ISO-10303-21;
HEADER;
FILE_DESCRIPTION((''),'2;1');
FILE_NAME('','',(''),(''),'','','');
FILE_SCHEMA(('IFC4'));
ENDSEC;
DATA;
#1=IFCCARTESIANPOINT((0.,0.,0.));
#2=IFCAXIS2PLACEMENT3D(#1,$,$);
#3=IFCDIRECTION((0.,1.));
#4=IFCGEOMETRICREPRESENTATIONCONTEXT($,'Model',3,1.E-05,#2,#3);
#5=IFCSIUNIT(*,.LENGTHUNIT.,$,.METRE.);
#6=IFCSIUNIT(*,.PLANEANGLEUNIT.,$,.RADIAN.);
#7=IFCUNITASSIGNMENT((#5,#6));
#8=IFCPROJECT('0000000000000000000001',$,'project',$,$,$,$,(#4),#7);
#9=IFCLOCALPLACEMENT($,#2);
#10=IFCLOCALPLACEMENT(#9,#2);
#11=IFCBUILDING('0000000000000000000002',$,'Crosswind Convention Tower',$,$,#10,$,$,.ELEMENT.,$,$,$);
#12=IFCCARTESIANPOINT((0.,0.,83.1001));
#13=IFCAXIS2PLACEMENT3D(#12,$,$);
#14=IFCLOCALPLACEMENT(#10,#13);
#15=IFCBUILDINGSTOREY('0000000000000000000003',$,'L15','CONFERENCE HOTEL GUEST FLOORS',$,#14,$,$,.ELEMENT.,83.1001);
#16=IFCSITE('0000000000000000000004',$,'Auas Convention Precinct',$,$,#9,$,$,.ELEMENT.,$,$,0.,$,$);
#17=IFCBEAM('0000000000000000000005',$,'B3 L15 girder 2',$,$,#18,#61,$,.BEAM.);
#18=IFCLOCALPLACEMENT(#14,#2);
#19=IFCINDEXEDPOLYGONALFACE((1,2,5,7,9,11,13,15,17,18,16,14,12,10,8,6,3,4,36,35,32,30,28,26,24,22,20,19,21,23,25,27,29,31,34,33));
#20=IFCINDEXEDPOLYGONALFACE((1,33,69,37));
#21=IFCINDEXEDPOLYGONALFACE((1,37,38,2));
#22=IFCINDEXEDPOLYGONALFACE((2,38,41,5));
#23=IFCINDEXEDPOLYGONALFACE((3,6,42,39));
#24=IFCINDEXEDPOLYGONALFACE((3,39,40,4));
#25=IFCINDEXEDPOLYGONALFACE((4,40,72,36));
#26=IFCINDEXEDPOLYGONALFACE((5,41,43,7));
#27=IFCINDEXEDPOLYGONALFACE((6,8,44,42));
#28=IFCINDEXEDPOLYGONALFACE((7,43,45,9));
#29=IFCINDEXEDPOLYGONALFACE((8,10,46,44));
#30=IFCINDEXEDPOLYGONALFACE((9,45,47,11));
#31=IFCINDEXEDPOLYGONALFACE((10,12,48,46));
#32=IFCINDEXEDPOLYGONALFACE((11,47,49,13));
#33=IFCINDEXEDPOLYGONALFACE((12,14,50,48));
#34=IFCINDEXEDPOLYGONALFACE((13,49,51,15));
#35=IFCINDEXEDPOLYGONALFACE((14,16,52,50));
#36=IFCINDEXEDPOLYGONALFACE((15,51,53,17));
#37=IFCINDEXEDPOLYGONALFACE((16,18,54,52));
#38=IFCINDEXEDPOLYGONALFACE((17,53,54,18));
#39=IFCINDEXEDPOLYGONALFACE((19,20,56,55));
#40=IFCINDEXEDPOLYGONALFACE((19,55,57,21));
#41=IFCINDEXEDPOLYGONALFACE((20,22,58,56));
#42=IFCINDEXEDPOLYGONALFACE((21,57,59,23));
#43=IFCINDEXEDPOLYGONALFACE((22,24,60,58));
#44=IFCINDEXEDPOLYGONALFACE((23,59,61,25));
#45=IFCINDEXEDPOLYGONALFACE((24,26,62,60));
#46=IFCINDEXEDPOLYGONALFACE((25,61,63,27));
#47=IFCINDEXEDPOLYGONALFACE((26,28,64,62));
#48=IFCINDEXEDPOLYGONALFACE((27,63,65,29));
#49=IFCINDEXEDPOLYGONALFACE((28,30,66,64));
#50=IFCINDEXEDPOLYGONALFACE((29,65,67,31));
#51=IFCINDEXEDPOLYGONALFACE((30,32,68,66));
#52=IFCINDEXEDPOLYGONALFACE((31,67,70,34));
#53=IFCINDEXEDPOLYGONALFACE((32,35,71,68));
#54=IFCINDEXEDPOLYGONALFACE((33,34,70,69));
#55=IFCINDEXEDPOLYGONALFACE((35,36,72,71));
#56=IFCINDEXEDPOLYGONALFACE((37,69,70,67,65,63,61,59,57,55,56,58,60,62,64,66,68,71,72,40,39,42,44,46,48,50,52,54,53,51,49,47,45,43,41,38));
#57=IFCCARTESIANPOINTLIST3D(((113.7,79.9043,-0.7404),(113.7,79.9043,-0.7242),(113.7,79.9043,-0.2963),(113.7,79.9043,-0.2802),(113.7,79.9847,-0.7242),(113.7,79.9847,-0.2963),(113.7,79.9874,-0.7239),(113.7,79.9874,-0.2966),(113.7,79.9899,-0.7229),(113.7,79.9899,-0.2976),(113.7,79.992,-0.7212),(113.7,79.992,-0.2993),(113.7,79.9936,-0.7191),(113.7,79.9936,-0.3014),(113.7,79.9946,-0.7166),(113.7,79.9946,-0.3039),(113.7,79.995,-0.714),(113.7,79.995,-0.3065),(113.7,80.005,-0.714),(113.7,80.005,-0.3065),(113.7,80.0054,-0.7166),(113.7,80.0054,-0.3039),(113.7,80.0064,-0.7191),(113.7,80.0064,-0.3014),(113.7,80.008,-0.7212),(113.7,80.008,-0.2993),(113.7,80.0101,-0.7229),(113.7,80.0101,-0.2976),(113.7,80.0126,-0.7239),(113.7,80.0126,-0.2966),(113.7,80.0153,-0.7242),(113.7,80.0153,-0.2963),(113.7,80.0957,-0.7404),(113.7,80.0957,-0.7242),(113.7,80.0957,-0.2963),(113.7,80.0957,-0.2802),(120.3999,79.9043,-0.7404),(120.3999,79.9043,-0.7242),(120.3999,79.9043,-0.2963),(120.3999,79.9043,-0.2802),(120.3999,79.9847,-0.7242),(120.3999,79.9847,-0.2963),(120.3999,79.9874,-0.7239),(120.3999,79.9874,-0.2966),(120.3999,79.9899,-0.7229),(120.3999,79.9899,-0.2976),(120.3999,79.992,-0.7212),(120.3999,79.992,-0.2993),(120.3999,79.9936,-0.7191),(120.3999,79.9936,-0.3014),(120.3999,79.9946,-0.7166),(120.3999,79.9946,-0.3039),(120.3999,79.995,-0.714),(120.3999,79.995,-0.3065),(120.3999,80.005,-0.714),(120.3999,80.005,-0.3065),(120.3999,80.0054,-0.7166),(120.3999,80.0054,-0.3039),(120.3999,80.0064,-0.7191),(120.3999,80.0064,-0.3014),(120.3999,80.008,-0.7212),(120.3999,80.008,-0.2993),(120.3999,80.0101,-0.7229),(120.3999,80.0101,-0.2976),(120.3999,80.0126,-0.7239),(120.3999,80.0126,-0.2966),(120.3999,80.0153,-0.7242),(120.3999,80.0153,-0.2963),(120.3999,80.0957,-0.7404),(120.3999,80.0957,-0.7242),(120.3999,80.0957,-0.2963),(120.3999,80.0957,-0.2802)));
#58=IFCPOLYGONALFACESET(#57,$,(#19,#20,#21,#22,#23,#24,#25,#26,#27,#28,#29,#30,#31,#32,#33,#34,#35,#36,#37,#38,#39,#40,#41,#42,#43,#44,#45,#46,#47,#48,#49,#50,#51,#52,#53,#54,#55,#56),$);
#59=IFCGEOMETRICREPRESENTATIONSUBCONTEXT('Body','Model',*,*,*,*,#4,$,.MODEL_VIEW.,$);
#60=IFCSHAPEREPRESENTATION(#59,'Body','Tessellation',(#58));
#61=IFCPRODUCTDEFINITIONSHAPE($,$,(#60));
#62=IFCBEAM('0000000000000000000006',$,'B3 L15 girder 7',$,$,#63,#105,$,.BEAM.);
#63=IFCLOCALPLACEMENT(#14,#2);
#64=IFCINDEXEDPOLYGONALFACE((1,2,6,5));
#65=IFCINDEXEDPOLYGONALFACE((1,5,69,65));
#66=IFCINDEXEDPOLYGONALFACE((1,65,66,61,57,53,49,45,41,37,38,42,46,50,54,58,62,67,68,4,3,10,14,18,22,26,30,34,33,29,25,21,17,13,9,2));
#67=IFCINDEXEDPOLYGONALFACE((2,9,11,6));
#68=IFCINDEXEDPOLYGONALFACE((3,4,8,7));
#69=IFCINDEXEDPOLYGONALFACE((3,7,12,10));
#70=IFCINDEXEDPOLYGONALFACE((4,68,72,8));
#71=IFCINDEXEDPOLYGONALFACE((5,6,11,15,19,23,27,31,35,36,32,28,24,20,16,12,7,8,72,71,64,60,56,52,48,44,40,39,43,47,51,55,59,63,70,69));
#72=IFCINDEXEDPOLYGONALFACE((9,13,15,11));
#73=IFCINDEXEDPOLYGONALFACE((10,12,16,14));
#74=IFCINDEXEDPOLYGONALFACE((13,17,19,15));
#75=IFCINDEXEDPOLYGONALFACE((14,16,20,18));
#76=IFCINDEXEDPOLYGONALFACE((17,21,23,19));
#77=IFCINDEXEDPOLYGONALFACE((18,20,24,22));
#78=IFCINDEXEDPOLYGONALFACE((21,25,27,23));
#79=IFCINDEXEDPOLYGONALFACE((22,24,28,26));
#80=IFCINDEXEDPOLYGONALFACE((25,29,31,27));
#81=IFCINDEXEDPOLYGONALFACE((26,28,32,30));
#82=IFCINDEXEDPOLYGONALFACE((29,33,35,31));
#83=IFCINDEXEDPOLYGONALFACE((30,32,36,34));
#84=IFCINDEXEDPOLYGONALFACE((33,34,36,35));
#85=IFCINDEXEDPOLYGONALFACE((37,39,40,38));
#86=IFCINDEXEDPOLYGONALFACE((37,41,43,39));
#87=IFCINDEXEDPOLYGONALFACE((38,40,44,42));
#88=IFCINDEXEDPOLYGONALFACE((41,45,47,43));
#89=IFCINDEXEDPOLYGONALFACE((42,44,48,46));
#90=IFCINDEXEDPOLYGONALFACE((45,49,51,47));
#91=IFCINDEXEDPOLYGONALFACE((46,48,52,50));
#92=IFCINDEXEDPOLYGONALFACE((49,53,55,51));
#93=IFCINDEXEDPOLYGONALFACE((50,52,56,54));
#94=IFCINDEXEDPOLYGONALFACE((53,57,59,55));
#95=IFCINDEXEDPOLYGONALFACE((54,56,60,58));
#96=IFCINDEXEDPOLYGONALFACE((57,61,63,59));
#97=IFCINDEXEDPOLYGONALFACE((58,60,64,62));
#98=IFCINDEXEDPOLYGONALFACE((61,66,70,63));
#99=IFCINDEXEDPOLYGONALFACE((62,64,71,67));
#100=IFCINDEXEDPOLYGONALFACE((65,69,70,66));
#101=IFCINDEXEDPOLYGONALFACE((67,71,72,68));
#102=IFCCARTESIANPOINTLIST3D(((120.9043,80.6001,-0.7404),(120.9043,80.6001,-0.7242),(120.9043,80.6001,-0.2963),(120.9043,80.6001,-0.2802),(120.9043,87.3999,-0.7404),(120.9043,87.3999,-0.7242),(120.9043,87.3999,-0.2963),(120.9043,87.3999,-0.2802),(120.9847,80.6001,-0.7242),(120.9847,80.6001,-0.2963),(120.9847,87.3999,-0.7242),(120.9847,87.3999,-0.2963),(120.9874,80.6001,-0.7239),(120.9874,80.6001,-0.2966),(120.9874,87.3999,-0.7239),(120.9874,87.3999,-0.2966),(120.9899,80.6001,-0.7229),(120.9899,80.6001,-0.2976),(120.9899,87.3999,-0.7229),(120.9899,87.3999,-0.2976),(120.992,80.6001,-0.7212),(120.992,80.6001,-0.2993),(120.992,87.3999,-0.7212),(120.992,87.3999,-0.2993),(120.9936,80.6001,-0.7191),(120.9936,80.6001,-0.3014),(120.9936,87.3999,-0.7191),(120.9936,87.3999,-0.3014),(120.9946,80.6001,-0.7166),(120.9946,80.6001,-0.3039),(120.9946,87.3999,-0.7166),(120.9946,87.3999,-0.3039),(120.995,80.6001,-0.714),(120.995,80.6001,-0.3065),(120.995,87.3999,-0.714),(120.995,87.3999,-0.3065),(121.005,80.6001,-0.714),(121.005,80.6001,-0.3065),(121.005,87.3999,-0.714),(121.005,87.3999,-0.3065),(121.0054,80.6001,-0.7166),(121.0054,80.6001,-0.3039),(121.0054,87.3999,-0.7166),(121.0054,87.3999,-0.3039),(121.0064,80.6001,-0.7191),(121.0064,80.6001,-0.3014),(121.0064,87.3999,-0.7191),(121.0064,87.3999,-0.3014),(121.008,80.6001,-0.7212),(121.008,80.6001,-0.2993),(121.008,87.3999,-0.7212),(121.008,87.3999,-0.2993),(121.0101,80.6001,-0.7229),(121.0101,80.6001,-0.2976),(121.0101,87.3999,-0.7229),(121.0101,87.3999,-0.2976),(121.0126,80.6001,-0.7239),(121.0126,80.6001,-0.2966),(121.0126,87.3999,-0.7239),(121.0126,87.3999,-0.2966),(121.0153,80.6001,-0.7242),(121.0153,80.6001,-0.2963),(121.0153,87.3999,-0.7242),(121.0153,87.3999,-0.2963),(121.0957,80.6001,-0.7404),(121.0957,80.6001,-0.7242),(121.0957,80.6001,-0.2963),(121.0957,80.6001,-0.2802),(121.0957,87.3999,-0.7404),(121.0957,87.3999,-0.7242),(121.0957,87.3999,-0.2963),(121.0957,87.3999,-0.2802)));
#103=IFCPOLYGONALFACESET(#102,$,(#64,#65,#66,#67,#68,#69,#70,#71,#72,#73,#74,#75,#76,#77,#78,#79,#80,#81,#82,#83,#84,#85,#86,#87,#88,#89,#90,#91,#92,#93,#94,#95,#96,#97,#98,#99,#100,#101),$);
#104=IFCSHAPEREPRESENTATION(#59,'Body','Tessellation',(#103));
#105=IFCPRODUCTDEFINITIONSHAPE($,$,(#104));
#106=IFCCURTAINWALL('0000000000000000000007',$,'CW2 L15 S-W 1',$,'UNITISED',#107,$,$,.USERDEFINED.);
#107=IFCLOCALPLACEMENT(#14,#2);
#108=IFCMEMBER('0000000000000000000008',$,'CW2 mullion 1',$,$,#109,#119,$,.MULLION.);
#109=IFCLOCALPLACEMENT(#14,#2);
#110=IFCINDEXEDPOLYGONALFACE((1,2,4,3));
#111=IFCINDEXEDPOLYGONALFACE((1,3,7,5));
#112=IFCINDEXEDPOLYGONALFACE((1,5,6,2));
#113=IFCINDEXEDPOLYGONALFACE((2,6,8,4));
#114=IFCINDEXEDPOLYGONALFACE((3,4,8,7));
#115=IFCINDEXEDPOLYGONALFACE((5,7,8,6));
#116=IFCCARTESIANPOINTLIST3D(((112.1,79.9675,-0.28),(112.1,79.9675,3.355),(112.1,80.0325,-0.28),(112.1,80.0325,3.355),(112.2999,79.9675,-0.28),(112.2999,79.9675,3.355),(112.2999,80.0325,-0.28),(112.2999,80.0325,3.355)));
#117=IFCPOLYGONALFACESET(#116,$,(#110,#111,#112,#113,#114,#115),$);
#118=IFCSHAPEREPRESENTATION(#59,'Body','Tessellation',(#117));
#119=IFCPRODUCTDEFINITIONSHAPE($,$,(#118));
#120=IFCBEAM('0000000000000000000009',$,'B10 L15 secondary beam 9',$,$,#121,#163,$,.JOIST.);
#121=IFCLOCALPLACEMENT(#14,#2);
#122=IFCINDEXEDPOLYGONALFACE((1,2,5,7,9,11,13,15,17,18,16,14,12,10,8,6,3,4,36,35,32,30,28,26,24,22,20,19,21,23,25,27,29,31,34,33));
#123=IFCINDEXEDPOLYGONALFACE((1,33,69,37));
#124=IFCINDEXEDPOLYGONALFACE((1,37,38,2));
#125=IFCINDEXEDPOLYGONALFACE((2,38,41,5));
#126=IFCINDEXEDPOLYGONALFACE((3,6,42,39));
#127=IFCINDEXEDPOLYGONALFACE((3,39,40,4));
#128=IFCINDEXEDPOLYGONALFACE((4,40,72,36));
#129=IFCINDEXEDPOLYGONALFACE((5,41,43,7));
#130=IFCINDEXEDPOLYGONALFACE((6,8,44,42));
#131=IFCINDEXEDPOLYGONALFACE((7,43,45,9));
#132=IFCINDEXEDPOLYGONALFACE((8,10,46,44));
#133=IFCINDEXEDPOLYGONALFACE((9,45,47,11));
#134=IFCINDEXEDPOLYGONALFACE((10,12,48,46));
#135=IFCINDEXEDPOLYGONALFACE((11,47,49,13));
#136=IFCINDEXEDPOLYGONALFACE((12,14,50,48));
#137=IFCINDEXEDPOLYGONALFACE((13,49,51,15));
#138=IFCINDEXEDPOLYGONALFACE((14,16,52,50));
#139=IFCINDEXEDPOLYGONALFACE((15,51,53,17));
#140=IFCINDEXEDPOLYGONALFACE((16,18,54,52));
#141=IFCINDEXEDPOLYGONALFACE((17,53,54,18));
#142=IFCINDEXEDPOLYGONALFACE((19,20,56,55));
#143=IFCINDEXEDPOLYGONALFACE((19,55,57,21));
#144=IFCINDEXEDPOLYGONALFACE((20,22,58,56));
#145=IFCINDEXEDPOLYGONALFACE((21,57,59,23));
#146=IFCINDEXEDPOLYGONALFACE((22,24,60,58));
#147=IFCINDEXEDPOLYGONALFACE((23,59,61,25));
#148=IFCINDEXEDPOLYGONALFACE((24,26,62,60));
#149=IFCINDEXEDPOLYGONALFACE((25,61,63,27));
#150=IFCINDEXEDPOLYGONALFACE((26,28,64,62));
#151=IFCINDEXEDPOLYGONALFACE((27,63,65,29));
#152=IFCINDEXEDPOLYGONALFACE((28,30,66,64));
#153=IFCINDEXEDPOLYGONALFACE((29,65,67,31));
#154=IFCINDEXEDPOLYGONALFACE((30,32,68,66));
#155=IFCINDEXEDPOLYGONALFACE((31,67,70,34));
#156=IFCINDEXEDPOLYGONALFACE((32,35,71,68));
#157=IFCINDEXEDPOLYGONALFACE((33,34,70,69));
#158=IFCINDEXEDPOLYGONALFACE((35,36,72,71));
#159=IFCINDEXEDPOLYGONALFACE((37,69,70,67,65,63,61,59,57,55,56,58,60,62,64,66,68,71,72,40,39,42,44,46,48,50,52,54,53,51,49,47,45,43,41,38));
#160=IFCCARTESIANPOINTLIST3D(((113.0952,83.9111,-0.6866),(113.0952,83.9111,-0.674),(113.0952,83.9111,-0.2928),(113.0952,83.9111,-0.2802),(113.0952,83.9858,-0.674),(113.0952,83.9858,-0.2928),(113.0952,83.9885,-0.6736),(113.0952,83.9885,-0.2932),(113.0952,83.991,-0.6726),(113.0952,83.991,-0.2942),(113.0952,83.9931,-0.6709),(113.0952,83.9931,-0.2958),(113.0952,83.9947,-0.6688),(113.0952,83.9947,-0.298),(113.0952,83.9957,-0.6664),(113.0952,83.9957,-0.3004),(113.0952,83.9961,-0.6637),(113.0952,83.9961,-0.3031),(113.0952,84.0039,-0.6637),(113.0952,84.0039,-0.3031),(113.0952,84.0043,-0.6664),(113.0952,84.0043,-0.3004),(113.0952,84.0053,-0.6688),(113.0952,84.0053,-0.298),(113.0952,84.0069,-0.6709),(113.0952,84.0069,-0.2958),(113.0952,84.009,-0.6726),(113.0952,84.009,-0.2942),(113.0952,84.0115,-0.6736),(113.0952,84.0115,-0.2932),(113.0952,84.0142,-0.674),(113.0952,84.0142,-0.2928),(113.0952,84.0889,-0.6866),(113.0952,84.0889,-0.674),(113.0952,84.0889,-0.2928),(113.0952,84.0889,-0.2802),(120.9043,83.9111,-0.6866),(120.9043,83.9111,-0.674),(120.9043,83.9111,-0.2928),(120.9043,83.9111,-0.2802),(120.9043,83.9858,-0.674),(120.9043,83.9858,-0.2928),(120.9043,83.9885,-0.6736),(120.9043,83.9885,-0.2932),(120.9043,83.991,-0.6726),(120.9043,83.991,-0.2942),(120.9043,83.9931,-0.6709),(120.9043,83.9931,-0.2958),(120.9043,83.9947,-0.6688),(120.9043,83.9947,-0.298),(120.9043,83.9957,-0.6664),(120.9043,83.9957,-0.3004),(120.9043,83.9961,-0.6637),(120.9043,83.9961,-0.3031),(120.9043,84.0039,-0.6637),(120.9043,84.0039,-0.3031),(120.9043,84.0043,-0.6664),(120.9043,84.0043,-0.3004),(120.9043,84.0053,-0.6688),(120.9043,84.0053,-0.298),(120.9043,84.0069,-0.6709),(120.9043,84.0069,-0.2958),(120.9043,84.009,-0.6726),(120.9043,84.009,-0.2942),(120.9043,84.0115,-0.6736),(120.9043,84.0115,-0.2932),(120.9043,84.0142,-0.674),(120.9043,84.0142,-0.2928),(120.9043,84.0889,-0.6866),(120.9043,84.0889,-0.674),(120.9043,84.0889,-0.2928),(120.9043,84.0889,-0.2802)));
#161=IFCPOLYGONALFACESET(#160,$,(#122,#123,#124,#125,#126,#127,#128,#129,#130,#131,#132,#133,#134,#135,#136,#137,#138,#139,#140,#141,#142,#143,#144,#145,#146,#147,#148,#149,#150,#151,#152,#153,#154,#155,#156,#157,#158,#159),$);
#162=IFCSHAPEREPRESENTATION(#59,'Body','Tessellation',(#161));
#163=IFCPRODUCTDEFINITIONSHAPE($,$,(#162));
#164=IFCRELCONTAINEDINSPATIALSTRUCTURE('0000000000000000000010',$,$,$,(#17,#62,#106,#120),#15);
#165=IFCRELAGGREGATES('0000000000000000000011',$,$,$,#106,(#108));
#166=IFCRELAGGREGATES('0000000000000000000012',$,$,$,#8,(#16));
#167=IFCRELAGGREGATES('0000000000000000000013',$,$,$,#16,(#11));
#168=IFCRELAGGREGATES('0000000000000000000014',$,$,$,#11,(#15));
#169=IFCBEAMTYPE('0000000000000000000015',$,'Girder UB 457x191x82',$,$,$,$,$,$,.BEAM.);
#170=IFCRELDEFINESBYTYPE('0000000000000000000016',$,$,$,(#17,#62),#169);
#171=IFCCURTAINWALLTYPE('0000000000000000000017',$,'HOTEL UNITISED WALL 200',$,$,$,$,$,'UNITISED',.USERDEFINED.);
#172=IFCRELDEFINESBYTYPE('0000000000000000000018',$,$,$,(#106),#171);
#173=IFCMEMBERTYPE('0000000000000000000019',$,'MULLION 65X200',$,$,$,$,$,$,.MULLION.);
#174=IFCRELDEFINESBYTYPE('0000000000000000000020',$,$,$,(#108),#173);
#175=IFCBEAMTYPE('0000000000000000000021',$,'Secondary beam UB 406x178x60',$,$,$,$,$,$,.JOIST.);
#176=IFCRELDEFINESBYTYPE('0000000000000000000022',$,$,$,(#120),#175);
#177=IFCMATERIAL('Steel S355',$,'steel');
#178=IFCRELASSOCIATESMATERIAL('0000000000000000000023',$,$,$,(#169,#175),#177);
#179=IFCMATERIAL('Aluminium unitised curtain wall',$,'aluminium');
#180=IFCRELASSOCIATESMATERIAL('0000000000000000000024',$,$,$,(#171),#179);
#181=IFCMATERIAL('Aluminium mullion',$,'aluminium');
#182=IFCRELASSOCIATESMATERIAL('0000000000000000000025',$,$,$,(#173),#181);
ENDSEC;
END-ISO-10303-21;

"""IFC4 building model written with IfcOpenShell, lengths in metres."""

from ifc_helpers import new_model, si_unit, direction, frame, origin, origin_2d, place, context, subcontext, project, spatial, rectangle, i_section, extrude, material, material_profile, profile_set, type_object, element, aggregate, save


model = new_model("IFC4")

# Units and contexts
model_context = context("Model", 3, precision=1e-05, world=origin(), true_north=direction((0.0, 1.0)))
body_context = subcontext(model_context, "Body", "Model", "MODEL_VIEW")
ifc_project = project(units=[si_unit("LENGTHUNIT", "METRE"), si_unit("PLANEANGLEUNIT", "RADIAN")], contexts=[model_context])

# Site, building, storey
site_placement = place(None, origin())
site = spatial("IfcSite", under=ifc_project, at=site_placement, Name="Auas Convention Precinct", CompositionType="ELEMENT", RefElevation=0.0)
building_placement = place(site_placement, origin())
building = spatial("IfcBuilding", under=site, at=building_placement, Name="Crosswind Convention Tower", CompositionType="ELEMENT")
storey_placement = place(building_placement, frame((0.0, 0.0, 83.1001)))
storey = spatial("IfcBuildingStorey", under=building, at=storey_placement, Name="L15", Description="CONFERENCE HOTEL GUEST FLOORS", CompositionType="ELEMENT", Elevation=83.1001)

# Beams
ifc_material_1 = material(Name="Steel S355", Category="steel")
ifc_material_profile_1 = material_profile(ifc_material_1, i_section(OverallWidth=0.1914, OverallDepth=0.4602, WebThickness=0.01, FlangeThickness=0.0161, FilletRadius=0.0103, at=origin_2d()), Name="UB 457x191x82")
ifc_profile_set_1 = profile_set([ifc_material_profile_1], Name="Steel S355")
beam_type_1 = type_object("IfcBeamType", Name="Girder UB 457x191x82", PredefinedType="BEAM", material=ifc_profile_set_1)
beam_1_placement = place(storey_placement, frame((113.7, 80.0, -0.5103), z_axis=(1.0, 0.0, 0.0), x_axis=(0.0, 1.0, 0.0)))
element("IfcBeam", 1, at=beam_1_placement, inside=storey, type_object=beam_type_1, Name="B3 L15 girder 2", PredefinedType="BEAM", context=body_context, shape_type="SweptSolid", body=[
    extrude(i_section(OverallWidth=0.1914, OverallDepth=0.4602, WebThickness=0.01, FlangeThickness=0.0161, FilletRadius=0.0103, at=origin_2d()), origin(), (0.0, 0.0, 1.0), 6.7),
])
beam_2_placement = place(storey_placement, frame((121.0, 80.6001, -0.5103), z_axis=(0.0, 1.0, 0.0), x_axis=(-1.0, 0.0, 0.0)))
element("IfcBeam", 2, at=beam_2_placement, inside=storey, type_object=beam_type_1, Name="B3 L15 girder 7", PredefinedType="BEAM", context=body_context, shape_type="SweptSolid", body=[
    extrude(i_section(OverallWidth=0.1914, OverallDepth=0.4602, WebThickness=0.01, FlangeThickness=0.0161, FilletRadius=0.0103, at=origin_2d()), origin(), (0.0, 0.0, 1.0), 6.7998),
])

# Curtain wall, member
ifc_material_2 = material(Name="Aluminium unitised curtain wall", Category="aluminium")
curtain_wall_type = type_object("IfcCurtainWallType", Name="HOTEL UNITISED WALL 200", ElementType="UNITISED", PredefinedType="USERDEFINED", material=ifc_material_2)
curtain_wall_placement = place(storey_placement, origin())
curtain_wall = element("IfcCurtainWall", 3, at=curtain_wall_placement, inside=storey, type_object=curtain_wall_type, Name="CW2 L15 S-W 1", ObjectType="UNITISED", PredefinedType="USERDEFINED")
ifc_material_3 = material(Name="Aluminium mullion", Category="aluminium")
ifc_material_profile_2 = material_profile(ifc_material_3, rectangle(XDim=0.2, YDim=0.0649, at=origin_2d()), Name="AL 200X65")
ifc_profile_set_2 = profile_set([ifc_material_profile_2], Name="Aluminium mullion")
member_type_1 = type_object("IfcMemberType", Name="MULLION 65X200", PredefinedType="MULLION", material=ifc_profile_set_2)
member_1_placement = place(storey_placement, frame((112.2, 80.0, -0.28), z_axis=(0.0, 0.0, 1.0), x_axis=(-1.0, 0.0, 0.0)))
member_1 = element("IfcMember", 4, at=member_1_placement, type_object=member_type_1, Name="CW2 mullion 1", PredefinedType="MULLION", context=body_context, shape_type="SweptSolid", body=[
    extrude(rectangle(XDim=0.2, YDim=0.0649, at=origin_2d()), origin(), (0.0, 0.0, 1.0), 3.635),
])

# Beam
ifc_material_profile_3 = material_profile(ifc_material_1, i_section(OverallWidth=0.1777, OverallDepth=0.4065, WebThickness=0.0078, FlangeThickness=0.0127, FilletRadius=0.0103, at=origin_2d()), Name="UB 406x178x60")
ifc_profile_set_3 = profile_set([ifc_material_profile_3], Name="Steel S355")
beam_type_2 = type_object("IfcBeamType", Name="Secondary beam UB 406x178x60", PredefinedType="JOIST", material=ifc_profile_set_3)
beam_3_placement = place(storey_placement, frame((113.0952, 84.0, -0.4834), z_axis=(1.0, 0.0, 0.0), x_axis=(0.0, 1.0, 0.0)))
element("IfcBeam", 5, at=beam_3_placement, inside=storey, type_object=beam_type_2, Name="B10 L15 secondary beam 9", PredefinedType="JOIST", context=body_context, shape_type="SweptSolid", body=[
    extrude(i_section(OverallWidth=0.1777, OverallDepth=0.4065, WebThickness=0.0078, FlangeThickness=0.0127, FilletRadius=0.0103, at=origin_2d()), origin(), (0.0, 0.0, 1.0), 7.8091),
])

aggregate(curtain_wall, [member_1])

save(model, "model.ifc")
